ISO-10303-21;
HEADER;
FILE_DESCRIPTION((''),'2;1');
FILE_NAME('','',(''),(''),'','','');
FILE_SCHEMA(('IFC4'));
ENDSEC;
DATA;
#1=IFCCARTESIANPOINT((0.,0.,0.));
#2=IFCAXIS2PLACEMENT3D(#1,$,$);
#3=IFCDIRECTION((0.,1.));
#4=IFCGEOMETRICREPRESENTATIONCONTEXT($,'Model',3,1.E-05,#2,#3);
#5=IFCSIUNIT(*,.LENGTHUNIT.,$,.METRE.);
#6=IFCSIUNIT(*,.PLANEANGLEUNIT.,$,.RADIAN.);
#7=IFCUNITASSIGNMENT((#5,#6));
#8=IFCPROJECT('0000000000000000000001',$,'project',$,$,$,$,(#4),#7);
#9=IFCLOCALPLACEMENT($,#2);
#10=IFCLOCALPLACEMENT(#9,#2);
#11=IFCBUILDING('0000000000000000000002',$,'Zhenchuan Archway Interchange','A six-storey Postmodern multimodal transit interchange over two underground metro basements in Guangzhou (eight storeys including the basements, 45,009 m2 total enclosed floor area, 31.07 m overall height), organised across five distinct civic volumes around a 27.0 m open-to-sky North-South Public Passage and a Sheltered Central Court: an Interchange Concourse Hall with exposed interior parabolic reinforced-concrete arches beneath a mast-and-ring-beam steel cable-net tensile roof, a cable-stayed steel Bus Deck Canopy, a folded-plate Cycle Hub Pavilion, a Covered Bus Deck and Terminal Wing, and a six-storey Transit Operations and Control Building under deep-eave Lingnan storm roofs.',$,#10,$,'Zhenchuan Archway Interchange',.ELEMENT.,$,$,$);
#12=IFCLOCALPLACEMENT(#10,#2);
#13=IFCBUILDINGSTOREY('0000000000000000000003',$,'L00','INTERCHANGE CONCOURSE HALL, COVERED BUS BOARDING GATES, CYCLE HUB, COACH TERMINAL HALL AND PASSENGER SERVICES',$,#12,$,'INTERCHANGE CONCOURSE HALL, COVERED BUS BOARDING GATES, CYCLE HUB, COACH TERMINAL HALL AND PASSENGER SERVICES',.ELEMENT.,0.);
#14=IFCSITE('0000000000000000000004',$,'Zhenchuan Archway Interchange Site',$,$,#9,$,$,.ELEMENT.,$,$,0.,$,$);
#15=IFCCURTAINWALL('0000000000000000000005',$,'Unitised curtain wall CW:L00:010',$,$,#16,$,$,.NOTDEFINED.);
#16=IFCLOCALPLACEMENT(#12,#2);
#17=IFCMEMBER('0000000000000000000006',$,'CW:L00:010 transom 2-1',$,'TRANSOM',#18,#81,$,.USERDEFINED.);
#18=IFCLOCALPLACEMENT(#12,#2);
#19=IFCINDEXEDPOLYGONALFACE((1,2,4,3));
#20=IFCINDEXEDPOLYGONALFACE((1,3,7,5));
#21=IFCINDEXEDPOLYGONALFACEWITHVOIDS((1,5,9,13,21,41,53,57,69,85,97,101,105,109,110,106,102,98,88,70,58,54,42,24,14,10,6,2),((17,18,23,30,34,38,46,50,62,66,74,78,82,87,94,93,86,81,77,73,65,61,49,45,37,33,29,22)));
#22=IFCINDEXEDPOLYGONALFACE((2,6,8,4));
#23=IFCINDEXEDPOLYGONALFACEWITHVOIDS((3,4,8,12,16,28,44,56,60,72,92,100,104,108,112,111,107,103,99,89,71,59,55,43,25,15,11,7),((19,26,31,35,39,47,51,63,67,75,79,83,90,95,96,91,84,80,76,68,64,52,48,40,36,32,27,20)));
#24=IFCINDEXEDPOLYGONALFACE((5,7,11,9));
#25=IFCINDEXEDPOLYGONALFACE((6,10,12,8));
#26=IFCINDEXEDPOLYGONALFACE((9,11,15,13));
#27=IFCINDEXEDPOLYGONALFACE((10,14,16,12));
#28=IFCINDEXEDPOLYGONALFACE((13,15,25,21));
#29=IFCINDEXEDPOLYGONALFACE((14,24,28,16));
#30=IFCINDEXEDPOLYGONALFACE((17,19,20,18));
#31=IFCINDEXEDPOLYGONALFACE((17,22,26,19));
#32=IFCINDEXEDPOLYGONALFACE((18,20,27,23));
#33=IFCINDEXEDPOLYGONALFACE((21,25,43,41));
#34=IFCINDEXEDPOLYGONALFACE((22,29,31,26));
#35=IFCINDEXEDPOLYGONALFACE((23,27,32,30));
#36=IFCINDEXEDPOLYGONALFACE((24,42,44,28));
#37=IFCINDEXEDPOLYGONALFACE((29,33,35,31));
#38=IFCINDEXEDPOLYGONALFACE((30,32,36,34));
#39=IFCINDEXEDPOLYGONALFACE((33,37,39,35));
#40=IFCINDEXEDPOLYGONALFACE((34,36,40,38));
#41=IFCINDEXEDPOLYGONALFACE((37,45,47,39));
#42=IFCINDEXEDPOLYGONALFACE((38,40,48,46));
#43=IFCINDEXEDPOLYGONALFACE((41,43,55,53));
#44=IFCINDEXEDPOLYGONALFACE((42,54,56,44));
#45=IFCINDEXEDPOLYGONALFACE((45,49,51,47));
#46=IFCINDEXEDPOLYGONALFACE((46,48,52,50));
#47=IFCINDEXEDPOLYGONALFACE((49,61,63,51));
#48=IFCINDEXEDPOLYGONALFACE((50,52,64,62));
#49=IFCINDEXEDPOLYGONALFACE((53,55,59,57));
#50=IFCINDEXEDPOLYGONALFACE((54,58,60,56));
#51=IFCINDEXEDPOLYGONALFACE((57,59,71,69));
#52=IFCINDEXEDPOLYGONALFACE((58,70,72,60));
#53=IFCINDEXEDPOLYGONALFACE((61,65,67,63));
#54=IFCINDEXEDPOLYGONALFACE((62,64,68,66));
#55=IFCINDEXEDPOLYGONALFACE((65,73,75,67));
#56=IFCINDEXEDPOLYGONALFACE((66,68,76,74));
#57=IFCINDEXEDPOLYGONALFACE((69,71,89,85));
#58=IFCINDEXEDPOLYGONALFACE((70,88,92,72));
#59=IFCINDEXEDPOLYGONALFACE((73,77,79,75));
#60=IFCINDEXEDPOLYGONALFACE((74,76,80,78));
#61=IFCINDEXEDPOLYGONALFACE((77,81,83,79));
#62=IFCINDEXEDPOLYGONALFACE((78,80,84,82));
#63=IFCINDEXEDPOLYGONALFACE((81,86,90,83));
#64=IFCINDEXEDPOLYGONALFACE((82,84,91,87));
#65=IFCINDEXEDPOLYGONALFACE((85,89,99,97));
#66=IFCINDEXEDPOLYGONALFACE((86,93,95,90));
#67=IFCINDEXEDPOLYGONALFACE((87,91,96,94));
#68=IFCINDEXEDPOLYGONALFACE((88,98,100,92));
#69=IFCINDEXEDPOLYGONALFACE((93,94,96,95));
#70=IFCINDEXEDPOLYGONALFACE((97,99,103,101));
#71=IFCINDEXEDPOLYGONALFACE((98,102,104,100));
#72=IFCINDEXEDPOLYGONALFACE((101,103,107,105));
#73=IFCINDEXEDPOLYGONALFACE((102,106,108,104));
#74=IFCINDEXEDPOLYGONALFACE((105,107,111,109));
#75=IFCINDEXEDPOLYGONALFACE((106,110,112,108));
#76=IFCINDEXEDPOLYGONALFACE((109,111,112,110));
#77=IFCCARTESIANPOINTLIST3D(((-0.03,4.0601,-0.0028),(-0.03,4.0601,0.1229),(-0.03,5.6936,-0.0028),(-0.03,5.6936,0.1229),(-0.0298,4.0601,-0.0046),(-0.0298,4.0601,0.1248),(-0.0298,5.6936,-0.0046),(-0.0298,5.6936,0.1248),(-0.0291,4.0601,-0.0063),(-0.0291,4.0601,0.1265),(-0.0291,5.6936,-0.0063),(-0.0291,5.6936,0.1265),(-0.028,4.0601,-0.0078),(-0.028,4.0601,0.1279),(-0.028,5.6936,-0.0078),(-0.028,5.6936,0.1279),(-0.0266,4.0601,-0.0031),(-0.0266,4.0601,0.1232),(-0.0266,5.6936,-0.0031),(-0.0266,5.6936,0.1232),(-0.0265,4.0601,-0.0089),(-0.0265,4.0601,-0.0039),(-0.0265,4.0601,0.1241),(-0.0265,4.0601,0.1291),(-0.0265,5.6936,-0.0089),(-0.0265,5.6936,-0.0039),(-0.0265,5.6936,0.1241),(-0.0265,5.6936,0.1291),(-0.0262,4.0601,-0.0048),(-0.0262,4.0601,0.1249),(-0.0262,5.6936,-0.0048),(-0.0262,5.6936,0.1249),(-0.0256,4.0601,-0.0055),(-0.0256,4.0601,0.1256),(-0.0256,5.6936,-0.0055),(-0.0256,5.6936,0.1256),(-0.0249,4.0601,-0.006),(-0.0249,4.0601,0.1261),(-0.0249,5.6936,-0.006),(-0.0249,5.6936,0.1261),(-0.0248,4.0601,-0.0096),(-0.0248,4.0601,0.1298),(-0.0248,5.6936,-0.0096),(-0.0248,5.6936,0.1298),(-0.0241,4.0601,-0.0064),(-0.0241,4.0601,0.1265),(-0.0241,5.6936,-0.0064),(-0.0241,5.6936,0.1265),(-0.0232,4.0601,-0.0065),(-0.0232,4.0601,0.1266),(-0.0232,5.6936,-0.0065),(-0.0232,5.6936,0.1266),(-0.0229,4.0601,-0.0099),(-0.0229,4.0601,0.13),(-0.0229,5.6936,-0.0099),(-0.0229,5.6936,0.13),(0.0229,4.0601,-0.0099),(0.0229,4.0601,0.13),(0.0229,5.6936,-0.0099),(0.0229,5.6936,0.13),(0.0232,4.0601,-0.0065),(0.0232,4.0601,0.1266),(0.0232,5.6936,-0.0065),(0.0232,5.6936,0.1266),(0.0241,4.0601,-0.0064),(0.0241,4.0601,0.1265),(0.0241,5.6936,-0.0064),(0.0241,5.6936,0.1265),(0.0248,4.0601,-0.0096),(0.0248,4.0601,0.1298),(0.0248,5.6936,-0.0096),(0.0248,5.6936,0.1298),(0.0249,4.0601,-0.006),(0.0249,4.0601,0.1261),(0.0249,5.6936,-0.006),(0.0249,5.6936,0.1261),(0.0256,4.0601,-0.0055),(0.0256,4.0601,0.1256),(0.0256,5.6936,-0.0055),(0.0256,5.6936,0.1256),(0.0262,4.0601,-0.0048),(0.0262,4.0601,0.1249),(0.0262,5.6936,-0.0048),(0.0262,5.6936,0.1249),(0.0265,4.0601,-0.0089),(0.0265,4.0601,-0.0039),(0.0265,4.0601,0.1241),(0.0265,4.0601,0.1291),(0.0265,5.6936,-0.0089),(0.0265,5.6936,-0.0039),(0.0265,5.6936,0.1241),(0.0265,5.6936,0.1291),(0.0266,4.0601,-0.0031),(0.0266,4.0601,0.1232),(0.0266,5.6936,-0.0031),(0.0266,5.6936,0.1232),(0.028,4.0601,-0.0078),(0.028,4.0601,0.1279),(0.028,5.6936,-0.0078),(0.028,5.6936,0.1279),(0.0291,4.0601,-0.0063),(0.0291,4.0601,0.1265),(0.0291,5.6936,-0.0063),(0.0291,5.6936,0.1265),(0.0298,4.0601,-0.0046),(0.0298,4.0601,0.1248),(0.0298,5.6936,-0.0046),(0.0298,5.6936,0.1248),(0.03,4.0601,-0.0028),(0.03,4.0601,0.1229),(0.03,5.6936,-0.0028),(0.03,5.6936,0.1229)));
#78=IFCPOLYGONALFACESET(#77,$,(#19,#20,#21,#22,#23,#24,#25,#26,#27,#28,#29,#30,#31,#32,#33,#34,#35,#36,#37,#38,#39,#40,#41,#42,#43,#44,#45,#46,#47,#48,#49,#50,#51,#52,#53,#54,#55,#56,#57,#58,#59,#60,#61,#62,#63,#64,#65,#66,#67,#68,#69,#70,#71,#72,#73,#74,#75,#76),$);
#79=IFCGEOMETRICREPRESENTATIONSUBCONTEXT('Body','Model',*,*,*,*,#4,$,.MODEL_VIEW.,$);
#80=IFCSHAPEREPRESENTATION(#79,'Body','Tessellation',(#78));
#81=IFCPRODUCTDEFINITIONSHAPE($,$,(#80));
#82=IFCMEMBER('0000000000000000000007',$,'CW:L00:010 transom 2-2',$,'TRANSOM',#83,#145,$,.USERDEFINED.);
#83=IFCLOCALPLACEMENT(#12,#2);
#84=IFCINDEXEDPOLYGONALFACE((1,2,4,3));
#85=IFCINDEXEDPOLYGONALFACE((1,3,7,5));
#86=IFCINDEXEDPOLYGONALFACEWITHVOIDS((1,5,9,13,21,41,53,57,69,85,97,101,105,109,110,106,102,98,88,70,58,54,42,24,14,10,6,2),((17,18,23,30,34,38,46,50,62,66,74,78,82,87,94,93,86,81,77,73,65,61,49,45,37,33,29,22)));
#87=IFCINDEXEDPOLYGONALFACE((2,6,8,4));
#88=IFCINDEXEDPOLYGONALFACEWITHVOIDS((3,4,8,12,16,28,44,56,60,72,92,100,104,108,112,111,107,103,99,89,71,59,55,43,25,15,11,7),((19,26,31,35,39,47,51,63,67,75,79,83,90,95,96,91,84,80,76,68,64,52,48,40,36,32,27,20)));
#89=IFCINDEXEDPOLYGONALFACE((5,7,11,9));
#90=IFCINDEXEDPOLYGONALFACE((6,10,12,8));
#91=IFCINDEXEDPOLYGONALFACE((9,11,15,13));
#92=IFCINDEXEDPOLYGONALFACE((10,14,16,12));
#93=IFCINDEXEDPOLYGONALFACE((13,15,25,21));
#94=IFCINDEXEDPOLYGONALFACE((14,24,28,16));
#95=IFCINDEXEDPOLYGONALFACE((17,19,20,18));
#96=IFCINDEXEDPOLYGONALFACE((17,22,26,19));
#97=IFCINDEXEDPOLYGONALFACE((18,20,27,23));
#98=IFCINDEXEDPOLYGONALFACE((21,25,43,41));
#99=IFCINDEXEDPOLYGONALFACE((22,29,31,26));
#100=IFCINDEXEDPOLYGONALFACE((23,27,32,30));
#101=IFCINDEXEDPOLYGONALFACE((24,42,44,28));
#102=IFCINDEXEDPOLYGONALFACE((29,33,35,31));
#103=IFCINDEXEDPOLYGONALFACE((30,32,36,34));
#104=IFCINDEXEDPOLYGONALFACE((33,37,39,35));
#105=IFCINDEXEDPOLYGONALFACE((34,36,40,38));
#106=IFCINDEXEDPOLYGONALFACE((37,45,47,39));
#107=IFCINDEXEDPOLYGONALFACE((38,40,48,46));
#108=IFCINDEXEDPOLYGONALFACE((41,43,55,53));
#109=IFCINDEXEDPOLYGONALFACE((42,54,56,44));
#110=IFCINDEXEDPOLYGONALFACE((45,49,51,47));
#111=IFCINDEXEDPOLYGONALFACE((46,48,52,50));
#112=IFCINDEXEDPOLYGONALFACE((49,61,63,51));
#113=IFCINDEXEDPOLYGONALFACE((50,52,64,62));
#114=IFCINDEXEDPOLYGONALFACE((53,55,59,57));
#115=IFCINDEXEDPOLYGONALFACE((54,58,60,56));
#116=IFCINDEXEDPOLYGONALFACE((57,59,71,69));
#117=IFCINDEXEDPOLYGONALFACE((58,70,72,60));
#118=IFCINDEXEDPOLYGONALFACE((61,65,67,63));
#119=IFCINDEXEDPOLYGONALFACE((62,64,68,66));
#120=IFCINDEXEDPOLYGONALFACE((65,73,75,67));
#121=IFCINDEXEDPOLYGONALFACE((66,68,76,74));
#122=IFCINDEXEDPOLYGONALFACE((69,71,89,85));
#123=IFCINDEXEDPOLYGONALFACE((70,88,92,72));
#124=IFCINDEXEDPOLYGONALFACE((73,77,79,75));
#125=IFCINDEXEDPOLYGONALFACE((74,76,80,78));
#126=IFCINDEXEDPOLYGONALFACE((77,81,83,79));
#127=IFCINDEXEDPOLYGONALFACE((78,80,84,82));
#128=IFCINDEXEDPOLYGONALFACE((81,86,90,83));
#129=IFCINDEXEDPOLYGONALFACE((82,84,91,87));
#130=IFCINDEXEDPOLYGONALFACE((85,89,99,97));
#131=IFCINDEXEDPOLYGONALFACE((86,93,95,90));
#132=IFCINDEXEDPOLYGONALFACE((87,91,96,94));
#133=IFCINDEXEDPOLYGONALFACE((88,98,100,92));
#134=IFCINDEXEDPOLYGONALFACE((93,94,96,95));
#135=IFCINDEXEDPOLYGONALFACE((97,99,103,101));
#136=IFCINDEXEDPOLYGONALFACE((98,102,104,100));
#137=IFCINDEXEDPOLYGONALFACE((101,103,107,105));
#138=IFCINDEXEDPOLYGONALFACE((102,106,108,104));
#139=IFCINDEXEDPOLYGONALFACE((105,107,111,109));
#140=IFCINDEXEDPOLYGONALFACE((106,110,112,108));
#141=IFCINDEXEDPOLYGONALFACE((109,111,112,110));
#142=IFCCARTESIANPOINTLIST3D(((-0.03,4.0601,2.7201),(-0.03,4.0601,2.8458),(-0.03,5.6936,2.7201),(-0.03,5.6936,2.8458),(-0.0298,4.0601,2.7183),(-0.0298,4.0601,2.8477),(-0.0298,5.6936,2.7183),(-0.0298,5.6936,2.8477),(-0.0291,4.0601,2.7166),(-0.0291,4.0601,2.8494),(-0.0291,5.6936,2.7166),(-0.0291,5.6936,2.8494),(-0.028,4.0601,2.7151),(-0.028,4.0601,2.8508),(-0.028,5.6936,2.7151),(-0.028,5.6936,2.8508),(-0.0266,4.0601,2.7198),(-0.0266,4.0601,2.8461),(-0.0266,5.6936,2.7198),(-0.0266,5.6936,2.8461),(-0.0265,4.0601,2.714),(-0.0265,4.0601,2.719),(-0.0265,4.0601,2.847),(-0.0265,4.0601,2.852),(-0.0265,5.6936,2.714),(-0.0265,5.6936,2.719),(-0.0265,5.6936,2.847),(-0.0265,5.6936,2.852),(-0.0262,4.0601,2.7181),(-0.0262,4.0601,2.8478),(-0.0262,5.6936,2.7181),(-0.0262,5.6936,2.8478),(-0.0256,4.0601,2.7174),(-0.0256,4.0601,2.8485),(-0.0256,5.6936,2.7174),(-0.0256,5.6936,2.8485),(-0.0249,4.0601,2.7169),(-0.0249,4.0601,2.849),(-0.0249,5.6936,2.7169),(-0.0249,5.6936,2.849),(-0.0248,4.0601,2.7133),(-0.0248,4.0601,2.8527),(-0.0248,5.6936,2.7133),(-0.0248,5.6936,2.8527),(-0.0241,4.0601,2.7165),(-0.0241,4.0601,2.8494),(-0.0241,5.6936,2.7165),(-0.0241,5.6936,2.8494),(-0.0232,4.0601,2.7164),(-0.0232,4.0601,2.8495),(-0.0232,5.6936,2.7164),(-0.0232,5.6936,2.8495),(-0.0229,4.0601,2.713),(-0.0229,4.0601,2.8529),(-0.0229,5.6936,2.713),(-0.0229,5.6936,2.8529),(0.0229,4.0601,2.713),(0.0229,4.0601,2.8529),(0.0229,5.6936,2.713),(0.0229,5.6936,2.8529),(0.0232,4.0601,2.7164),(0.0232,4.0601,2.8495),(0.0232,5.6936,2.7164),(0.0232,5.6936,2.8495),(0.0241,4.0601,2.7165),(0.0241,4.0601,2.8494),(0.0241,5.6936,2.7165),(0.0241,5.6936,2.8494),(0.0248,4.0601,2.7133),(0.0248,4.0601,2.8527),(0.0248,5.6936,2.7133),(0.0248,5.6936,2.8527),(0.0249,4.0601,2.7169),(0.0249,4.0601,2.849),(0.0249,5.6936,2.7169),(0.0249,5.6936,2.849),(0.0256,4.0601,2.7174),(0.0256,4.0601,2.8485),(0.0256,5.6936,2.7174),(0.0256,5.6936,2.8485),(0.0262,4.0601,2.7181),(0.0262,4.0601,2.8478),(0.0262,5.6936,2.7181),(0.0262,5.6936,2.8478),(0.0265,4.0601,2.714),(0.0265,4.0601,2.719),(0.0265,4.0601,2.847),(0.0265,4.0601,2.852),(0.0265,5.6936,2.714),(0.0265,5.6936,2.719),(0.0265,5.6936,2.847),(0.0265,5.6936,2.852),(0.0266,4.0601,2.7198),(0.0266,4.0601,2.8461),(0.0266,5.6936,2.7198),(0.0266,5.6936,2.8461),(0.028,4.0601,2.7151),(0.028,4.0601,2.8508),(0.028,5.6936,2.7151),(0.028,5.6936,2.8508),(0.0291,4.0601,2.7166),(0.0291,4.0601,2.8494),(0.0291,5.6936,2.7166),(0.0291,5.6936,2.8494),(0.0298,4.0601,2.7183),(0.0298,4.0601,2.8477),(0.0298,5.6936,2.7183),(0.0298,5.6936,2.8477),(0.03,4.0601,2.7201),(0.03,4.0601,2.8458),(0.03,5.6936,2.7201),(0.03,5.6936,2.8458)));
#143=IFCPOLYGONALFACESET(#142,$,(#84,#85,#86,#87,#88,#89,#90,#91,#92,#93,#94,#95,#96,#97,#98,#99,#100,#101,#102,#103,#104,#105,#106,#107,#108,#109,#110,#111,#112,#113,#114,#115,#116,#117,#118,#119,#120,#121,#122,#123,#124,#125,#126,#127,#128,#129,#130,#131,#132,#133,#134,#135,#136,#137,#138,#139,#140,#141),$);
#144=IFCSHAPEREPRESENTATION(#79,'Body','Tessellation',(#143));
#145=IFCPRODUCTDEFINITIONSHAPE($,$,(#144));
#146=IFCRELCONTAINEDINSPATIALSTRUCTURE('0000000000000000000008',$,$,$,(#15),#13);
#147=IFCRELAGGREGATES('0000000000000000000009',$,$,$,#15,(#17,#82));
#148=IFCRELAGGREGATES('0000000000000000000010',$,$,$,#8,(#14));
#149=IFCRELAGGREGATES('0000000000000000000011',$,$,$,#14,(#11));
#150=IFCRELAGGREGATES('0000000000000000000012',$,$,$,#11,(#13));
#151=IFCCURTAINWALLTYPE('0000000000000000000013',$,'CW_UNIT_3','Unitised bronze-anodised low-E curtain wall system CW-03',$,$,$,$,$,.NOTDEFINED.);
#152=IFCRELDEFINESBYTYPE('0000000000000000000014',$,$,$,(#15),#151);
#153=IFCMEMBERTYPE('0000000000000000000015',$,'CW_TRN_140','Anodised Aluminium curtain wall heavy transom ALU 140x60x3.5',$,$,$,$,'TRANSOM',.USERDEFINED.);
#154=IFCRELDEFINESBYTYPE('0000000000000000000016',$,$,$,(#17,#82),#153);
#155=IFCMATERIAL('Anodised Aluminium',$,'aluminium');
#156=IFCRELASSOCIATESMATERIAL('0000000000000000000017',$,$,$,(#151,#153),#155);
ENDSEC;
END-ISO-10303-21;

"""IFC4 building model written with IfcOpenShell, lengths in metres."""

from ifc_helpers import new_model, si_unit, direction, frame, origin, origin_2d, place, context, subcontext, project, spatial, hollow_rectangle, extrude, material, material_profile, profile_set, type_object, element, aggregate, save


model = new_model("IFC4")

# Units and contexts
model_context = context("Model", 3, precision=1e-05, world=origin(), true_north=direction((0.0, 1.0)))
body_context = subcontext(model_context, "Body", "Model", "MODEL_VIEW")
ifc_project = project(units=[si_unit("LENGTHUNIT", "METRE"), si_unit("PLANEANGLEUNIT", "RADIAN")], contexts=[model_context])

# Site, building, storey
site_placement = place(None, origin())
site = spatial("IfcSite", under=ifc_project, at=site_placement, Name="Zhenchuan Archway Interchange Site", CompositionType="ELEMENT", RefElevation=0.0)
building_placement = place(site_placement, origin())
building = spatial("IfcBuilding", under=site, at=building_placement, Name="Zhenchuan Archway Interchange", Description="A six-storey Postmodern multimodal transit interchange over two underground metro basements in Guangzhou (eight storeys including the basements, 45,009 m2 total enclosed floor area, 31.07 m overall height), organised across five distinct civic volumes around a 27.0 m open-to-sky North-South Public Passage and a Sheltered Central Court: an Interchange Concourse Hall with exposed interior parabolic reinforced-concrete arches beneath a mast-and-ring-beam steel cable-net tensile roof, a cable-stayed steel Bus Deck Canopy, a folded-plate Cycle Hub Pavilion, a Covered Bus Deck and Terminal Wing, and a six-storey Transit Operations and Control Building under deep-eave Lingnan storm roofs.", LongName="Zhenchuan Archway Interchange", CompositionType="ELEMENT")
storey_placement = place(building_placement, origin())
storey = spatial("IfcBuildingStorey", under=building, at=storey_placement, Name="L00", Description="INTERCHANGE CONCOURSE HALL, COVERED BUS BOARDING GATES, CYCLE HUB, COACH TERMINAL HALL AND PASSENGER SERVICES", LongName="INTERCHANGE CONCOURSE HALL, COVERED BUS BOARDING GATES, CYCLE HUB, COACH TERMINAL HALL AND PASSENGER SERVICES", CompositionType="ELEMENT", Elevation=0.0)

# Curtain wall, members
ifc_material_1 = material(Name="Anodised Aluminium", Category="aluminium")
curtain_wall_type = type_object("IfcCurtainWallType", Name="CW_UNIT_3", Description="Unitised bronze-anodised low-E curtain wall system CW-03", PredefinedType="NOTDEFINED", material=ifc_material_1)
curtain_wall_placement = place(storey_placement, origin())
curtain_wall = element("IfcCurtainWall", 1, at=curtain_wall_placement, inside=storey, type_object=curtain_wall_type, Name="Unitised curtain wall CW:L00:010", PredefinedType="NOTDEFINED")
ifc_material_profile_1 = material_profile(ifc_material_1, hollow_rectangle(XDim=0.0601, YDim=0.1399, WallThickness=0.0034, InnerFilletRadius=0.0034, OuterFilletRadius=0.0071, at=origin_2d()), Name="ALU 140x60x3.5")
ifc_profile_set_1 = profile_set([ifc_material_profile_1], Name="Anodised Aluminium")
member_type_1 = type_object("IfcMemberType", Name="CW_TRN_140", Description="Anodised Aluminium curtain wall heavy transom ALU 140x60x3.5", ElementType="TRANSOM", PredefinedType="USERDEFINED", material=ifc_profile_set_1)
member_1_placement = place(storey_placement, frame((0.0, 4.0601, 0.0601), z_axis=(0.0, 1.0, 0.0), x_axis=(-1.0, 0.0, 0.0)))
member_1 = element("IfcMember", 2, at=member_1_placement, type_object=member_type_1, Name="CW:L00:010 transom 2-1", ObjectType="TRANSOM", PredefinedType="USERDEFINED", context=body_context, shape_type="SweptSolid", body=[
    extrude(hollow_rectangle(XDim=0.0601, YDim=0.1399, WallThickness=0.0034, InnerFilletRadius=0.0034, OuterFilletRadius=0.0071, at=origin_2d()), origin(), (0.0, 0.0, 1.0), 1.6335),
])
member_2_placement = place(storey_placement, frame((0.0, 4.0601, 2.783), z_axis=(0.0, 1.0, 0.0), x_axis=(-1.0, 0.0, 0.0)))
member_2 = element("IfcMember", 3, at=member_2_placement, type_object=member_type_1, Name="CW:L00:010 transom 2-2", ObjectType="TRANSOM", PredefinedType="USERDEFINED", context=body_context, shape_type="SweptSolid", body=[
    extrude(hollow_rectangle(XDim=0.0601, YDim=0.1399, WallThickness=0.0034, InnerFilletRadius=0.0034, OuterFilletRadius=0.0071, at=origin_2d()), origin(), (0.0, 0.0, 1.0), 1.6335),
])

aggregate(curtain_wall, [member_1, member_2])

save(model, "model.ifc")
